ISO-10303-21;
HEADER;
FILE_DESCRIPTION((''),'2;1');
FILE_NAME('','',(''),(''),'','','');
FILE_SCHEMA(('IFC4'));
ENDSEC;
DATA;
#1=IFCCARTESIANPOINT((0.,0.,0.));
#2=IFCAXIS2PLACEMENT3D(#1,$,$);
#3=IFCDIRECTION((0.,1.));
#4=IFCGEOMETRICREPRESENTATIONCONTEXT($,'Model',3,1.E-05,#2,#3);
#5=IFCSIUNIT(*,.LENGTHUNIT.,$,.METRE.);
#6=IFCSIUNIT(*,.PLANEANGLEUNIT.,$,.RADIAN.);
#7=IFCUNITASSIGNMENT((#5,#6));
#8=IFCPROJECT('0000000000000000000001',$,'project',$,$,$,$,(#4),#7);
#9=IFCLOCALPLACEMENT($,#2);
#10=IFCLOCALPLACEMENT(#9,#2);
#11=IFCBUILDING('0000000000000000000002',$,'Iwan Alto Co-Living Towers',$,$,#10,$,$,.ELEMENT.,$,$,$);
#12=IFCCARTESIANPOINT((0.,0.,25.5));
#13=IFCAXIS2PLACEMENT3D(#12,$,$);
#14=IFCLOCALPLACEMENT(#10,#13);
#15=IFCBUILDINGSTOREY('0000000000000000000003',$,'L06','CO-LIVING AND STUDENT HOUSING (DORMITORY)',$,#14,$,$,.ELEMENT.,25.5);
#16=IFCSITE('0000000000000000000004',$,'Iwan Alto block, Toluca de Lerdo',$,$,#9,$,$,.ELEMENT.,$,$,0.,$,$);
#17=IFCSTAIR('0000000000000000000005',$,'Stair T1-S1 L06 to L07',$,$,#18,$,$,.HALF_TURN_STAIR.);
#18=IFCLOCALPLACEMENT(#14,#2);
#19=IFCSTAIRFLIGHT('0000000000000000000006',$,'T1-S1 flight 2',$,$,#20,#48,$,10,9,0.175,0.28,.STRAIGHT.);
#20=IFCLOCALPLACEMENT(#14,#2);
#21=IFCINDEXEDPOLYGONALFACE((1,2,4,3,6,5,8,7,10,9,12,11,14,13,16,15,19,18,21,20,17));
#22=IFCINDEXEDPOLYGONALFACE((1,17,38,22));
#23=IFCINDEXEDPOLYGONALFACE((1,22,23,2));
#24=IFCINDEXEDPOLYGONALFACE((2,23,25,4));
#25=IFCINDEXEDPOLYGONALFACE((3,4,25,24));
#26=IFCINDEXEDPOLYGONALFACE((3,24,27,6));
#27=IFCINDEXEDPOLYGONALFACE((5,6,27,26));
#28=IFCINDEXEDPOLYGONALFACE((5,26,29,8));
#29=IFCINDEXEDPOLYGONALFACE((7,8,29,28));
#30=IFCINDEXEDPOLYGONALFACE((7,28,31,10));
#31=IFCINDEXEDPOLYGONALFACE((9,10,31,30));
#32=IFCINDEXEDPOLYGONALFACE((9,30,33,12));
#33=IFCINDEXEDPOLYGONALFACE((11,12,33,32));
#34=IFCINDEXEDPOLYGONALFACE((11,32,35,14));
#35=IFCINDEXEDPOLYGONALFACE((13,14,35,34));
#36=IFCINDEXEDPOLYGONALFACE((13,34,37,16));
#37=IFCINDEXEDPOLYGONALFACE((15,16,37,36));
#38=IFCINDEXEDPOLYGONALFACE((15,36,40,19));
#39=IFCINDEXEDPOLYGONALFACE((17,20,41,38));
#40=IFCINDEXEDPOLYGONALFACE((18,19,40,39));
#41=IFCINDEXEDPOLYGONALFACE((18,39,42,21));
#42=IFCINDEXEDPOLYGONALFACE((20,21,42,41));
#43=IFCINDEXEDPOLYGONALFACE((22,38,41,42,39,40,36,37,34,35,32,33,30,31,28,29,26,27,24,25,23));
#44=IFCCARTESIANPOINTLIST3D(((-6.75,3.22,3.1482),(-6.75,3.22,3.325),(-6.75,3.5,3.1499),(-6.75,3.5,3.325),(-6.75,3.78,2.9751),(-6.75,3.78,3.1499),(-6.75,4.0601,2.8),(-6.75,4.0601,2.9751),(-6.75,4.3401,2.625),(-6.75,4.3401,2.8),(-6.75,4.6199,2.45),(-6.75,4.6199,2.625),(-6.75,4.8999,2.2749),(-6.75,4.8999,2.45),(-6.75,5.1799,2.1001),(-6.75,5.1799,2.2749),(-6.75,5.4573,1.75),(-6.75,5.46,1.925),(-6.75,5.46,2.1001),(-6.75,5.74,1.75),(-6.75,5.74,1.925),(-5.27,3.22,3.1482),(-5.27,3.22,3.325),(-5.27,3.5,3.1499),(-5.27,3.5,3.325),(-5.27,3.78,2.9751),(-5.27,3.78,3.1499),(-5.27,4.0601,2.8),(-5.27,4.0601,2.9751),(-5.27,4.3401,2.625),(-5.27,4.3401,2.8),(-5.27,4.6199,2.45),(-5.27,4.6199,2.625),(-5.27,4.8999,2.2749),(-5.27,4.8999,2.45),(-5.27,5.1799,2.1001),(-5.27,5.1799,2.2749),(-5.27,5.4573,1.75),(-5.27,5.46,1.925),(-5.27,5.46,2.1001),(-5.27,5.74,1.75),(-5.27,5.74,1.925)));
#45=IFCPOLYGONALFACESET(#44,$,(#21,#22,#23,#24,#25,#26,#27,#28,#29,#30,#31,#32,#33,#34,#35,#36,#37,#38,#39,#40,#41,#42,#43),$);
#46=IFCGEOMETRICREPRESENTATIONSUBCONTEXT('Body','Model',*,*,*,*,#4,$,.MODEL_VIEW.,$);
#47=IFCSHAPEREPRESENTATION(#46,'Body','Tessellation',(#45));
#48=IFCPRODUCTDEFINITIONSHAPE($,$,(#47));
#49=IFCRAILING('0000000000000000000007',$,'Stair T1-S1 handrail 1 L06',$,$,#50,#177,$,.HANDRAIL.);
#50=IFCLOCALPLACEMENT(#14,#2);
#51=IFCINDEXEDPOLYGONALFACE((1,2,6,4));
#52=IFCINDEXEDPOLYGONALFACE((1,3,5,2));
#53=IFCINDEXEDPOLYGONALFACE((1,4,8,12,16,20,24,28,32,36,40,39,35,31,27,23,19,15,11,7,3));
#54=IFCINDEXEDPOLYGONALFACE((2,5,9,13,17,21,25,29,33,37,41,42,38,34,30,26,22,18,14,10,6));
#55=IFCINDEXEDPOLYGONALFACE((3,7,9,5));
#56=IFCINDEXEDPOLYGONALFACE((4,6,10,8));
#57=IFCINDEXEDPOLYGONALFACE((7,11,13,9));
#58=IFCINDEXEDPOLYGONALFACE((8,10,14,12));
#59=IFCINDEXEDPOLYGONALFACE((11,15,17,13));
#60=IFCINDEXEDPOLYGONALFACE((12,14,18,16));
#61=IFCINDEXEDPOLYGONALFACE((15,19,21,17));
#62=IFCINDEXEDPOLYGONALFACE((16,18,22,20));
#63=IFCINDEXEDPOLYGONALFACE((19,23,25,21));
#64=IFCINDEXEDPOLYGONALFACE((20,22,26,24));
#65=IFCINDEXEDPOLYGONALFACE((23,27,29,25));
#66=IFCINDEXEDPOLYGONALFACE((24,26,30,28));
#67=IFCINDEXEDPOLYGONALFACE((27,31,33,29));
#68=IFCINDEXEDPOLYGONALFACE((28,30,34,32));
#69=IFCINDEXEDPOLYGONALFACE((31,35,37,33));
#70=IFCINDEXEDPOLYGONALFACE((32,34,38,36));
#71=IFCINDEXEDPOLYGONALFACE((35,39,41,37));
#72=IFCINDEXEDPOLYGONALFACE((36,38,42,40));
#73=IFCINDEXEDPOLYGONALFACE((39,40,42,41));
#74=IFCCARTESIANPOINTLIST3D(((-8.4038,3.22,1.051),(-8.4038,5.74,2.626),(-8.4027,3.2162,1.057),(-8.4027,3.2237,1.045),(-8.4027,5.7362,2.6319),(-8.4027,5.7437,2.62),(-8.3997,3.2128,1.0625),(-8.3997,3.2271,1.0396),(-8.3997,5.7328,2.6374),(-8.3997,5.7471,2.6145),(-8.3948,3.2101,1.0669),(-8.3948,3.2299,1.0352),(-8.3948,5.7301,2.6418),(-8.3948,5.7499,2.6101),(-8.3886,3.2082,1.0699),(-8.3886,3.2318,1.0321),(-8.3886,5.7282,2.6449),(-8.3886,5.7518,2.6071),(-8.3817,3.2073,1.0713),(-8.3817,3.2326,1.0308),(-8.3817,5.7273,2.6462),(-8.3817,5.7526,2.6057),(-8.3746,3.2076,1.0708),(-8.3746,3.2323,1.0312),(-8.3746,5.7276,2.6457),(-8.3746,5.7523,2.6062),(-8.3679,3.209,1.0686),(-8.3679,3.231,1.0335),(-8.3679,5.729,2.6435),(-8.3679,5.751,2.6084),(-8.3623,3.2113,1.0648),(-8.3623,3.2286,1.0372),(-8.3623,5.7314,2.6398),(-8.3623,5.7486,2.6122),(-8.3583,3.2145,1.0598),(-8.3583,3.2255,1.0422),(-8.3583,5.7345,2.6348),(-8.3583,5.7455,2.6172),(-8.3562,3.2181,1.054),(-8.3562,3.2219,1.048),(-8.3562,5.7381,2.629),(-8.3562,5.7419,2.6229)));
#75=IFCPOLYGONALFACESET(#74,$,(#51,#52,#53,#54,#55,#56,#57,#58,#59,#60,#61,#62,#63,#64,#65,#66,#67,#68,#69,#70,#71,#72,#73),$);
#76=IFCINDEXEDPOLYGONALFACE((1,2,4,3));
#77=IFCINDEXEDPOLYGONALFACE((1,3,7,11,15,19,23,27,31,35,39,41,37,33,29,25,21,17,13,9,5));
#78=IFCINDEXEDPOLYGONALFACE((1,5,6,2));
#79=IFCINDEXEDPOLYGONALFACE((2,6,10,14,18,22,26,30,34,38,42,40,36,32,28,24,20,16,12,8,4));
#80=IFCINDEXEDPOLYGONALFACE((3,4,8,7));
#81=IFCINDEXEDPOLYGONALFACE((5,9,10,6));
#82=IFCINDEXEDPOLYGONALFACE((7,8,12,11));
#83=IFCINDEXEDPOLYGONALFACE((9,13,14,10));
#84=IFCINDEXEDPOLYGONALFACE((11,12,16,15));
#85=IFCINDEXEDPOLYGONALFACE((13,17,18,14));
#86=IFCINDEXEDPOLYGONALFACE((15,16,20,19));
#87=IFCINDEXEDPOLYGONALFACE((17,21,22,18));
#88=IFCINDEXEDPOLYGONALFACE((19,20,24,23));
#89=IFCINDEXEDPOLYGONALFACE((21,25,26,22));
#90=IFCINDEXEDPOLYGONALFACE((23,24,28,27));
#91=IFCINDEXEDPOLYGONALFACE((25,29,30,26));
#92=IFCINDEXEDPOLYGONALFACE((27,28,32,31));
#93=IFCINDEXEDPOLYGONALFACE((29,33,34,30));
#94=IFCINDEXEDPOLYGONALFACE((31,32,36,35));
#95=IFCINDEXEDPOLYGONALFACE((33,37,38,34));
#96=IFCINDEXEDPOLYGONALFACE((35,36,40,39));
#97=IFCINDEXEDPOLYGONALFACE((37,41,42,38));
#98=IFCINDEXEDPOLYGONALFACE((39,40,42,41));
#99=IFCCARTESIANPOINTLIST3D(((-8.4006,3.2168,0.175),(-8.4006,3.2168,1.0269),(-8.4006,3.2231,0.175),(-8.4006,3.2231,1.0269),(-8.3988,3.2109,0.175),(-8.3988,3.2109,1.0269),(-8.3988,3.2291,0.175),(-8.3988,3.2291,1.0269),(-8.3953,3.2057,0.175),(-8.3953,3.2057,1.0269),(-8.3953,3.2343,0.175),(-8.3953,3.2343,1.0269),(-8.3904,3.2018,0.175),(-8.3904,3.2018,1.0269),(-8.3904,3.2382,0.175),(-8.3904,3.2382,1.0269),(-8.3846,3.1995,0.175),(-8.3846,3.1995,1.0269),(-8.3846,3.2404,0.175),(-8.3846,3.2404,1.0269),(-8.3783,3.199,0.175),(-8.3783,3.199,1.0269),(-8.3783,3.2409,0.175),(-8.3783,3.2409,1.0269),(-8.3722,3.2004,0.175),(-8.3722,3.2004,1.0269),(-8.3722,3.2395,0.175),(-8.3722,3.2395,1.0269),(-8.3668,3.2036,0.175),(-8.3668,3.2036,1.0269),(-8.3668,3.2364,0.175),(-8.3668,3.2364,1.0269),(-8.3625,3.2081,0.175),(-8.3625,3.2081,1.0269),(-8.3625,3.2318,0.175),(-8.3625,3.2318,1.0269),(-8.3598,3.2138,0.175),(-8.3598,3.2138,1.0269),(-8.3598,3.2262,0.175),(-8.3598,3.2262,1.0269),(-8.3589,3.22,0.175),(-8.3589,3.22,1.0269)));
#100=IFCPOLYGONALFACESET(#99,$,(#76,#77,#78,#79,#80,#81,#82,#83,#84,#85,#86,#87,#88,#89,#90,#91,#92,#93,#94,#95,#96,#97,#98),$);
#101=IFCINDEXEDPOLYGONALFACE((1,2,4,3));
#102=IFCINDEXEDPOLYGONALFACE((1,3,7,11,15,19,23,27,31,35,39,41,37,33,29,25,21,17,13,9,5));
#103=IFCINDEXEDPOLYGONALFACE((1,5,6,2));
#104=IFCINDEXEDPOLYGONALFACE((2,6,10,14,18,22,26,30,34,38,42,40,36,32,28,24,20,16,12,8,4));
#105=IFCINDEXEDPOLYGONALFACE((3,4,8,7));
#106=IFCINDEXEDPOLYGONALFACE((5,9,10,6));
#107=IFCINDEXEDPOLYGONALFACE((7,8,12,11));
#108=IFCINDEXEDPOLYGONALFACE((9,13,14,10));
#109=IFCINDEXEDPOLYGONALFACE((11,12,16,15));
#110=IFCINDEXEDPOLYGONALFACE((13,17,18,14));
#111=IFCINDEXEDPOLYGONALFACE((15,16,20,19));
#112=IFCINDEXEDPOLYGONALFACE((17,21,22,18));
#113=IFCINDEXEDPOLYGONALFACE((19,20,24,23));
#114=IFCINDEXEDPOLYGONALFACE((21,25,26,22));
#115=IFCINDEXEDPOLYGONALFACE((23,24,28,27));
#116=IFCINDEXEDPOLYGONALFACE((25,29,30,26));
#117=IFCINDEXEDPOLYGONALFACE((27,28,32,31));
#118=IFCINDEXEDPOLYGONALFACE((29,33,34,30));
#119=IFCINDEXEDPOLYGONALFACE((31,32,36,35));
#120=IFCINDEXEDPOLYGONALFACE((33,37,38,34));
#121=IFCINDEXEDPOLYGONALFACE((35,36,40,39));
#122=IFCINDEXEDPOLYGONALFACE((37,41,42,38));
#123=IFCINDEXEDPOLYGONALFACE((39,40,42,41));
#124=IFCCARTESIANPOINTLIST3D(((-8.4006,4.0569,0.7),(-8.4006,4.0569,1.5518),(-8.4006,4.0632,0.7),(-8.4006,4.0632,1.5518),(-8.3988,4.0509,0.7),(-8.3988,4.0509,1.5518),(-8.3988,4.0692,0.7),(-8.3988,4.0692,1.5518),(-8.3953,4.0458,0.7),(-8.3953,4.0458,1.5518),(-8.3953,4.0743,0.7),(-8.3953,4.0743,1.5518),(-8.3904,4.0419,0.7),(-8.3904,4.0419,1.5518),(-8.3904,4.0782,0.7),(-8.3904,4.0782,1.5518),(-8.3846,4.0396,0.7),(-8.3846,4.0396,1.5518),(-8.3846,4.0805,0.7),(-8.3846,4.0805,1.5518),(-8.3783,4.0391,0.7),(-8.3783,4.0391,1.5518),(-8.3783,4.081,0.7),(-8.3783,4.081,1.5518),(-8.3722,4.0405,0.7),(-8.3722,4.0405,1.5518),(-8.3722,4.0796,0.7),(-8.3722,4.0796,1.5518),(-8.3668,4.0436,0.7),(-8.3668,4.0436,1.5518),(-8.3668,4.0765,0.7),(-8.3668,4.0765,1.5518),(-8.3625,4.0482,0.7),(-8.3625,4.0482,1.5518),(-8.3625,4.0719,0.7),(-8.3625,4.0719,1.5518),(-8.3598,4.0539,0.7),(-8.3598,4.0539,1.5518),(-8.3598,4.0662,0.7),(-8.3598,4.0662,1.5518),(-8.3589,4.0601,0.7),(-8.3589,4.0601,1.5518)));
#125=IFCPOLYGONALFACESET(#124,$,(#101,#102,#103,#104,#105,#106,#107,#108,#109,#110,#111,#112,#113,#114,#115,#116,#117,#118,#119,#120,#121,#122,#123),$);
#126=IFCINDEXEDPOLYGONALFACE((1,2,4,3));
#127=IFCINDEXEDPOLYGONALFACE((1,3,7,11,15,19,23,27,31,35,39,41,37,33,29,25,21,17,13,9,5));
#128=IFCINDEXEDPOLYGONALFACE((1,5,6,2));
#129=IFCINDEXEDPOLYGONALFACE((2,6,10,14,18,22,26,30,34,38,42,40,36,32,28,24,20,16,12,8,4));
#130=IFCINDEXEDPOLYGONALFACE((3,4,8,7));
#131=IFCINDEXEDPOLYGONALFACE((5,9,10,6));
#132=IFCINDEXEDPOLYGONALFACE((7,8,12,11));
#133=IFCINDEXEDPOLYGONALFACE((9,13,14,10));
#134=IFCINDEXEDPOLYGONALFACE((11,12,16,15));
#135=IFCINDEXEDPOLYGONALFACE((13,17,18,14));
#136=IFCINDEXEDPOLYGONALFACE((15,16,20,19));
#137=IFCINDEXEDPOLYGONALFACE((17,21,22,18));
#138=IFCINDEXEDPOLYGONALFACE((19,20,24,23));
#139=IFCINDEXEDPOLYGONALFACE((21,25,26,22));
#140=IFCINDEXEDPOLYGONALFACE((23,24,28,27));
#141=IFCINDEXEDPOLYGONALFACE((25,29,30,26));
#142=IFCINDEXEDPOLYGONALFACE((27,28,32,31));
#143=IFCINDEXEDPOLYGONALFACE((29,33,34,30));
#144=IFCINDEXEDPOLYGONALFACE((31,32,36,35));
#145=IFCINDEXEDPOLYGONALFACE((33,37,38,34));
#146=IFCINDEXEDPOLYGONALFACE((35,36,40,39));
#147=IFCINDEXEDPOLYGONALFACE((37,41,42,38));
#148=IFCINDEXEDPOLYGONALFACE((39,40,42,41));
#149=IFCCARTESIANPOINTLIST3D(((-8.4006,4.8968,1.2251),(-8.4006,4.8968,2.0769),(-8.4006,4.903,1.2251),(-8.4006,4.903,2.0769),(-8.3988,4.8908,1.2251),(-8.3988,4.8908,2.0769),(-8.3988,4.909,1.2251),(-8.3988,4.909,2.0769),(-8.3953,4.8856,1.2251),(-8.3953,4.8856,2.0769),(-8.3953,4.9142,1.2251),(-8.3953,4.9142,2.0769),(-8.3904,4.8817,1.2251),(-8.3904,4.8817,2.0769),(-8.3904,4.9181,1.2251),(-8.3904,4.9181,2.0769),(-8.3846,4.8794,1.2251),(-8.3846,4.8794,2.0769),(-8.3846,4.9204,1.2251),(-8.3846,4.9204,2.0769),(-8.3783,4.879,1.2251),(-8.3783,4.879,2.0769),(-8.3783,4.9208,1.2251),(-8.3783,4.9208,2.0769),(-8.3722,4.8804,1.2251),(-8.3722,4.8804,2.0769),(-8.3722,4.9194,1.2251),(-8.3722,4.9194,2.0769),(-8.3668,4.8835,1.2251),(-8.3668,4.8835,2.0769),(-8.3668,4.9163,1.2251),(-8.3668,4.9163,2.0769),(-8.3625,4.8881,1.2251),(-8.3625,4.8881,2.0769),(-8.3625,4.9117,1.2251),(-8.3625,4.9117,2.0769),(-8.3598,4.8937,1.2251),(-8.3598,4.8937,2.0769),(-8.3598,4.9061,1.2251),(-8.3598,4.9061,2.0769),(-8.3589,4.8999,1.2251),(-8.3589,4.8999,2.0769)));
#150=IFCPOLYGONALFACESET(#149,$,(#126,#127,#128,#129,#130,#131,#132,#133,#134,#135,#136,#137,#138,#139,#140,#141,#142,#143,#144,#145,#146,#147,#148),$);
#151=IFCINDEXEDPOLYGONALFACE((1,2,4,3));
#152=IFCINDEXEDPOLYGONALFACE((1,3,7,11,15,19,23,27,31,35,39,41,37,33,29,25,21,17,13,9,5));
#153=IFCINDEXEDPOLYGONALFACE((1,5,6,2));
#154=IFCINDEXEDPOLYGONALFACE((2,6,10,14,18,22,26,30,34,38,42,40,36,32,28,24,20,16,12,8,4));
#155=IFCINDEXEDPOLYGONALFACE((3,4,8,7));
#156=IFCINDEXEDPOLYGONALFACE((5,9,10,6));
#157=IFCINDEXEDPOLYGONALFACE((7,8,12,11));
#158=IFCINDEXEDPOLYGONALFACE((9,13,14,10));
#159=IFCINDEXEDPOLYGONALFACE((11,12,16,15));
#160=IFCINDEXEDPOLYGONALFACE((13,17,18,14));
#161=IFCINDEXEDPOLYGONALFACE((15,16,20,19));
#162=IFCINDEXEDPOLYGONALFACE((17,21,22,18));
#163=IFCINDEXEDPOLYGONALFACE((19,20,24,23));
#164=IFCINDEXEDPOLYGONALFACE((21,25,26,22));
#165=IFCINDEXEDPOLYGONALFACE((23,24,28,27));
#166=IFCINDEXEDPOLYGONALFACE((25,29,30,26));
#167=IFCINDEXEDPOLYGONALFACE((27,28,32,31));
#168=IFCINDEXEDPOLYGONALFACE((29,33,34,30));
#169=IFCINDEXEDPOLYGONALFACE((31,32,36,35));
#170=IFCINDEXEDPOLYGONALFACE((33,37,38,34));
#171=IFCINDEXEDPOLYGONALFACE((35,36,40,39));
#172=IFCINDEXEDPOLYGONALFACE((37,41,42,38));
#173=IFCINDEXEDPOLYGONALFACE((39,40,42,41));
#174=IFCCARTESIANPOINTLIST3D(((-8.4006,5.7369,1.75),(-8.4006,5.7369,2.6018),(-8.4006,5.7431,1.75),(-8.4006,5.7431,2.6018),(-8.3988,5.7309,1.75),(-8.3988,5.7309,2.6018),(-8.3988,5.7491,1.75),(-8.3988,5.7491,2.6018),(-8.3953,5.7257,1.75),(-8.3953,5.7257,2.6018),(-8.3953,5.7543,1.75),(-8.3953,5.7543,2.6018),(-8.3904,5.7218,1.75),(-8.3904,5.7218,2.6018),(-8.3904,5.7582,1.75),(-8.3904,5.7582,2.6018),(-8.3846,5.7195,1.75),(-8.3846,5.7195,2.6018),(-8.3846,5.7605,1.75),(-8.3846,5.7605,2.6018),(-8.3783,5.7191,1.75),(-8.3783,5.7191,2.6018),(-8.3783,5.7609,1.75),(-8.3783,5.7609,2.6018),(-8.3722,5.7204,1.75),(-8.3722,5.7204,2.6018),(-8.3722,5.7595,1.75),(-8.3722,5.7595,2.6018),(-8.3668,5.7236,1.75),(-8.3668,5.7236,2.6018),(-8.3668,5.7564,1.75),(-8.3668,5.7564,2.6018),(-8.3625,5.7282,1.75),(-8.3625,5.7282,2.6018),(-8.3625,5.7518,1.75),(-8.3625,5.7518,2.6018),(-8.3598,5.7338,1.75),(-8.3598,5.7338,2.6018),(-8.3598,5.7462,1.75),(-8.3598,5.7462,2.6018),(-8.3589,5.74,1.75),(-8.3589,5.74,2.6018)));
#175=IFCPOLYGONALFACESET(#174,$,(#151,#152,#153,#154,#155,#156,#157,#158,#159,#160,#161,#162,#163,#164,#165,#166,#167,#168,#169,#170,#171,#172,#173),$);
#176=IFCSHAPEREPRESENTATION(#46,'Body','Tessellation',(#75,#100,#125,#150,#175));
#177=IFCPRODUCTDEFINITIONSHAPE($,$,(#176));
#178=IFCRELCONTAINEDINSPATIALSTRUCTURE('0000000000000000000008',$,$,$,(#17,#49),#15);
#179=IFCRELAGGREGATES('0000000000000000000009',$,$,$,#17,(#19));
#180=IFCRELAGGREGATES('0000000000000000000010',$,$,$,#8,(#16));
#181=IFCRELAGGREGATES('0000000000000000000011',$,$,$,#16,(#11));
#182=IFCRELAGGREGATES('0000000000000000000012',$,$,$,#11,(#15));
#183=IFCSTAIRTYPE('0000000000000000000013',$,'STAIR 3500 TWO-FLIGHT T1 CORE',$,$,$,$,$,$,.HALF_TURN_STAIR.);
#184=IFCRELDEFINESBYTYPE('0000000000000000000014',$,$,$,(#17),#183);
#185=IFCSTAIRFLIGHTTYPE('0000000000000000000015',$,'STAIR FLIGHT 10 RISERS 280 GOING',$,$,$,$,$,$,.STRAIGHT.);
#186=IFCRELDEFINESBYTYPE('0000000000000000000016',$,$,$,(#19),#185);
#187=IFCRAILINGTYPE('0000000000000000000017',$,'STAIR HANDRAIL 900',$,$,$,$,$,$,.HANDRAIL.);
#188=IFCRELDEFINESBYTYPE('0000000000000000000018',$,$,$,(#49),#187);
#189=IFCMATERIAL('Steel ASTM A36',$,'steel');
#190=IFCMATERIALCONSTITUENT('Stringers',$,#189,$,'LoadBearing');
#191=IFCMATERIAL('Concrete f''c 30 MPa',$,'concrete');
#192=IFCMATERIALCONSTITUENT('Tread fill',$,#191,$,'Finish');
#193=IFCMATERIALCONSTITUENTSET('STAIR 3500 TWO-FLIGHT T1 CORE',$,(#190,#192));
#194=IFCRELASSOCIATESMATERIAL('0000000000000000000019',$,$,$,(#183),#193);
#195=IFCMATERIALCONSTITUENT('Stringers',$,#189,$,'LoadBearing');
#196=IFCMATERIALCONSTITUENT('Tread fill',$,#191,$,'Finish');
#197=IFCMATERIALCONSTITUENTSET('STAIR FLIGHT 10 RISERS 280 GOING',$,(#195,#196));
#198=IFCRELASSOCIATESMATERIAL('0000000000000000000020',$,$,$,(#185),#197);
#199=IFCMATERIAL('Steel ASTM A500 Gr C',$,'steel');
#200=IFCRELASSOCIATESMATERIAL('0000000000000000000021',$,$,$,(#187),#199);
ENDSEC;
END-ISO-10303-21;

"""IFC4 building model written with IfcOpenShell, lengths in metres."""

from ifc_helpers import new_model, si_unit, direction, frame, origin, origin_2d, place, context, subcontext, project, spatial, polyline, circle, outline, extrude, material, constituent, constituent_set, type_object, element, aggregate, save


model = new_model("IFC4")

# Units and contexts
model_context = context("Model", 3, precision=1e-05, world=origin(), true_north=direction((0.0, 1.0)))
body_context = subcontext(model_context, "Body", "Model", "MODEL_VIEW")
ifc_project = project(units=[si_unit("LENGTHUNIT", "METRE"), si_unit("PLANEANGLEUNIT", "RADIAN")], contexts=[model_context])

# Site, building, storey
site_placement = place(None, origin())
site = spatial("IfcSite", under=ifc_project, at=site_placement, Name="Iwan Alto block, Toluca de Lerdo", CompositionType="ELEMENT", RefElevation=0.0)
building_placement = place(site_placement, origin())
building = spatial("IfcBuilding", under=site, at=building_placement, Name="Iwan Alto Co-Living Towers", CompositionType="ELEMENT")
storey_placement = place(building_placement, frame((0.0, 0.0, 25.5)))
storey = spatial("IfcBuildingStorey", under=building, at=storey_placement, Name="L06", Description="CO-LIVING AND STUDENT HOUSING (DORMITORY)", CompositionType="ELEMENT", Elevation=25.5)

# Stair, stair flight
ifc_material_1 = material(Name="Steel ASTM A36", Category="steel")
ifc_constituent_1 = constituent(ifc_material_1, Name="Stringers", Category="LoadBearing")
ifc_material_2 = material(Name="Concrete f'c 30 MPa", Category="concrete")
ifc_constituent_2 = constituent(ifc_material_2, Name="Tread fill", Category="Finish")
ifc_constituent_set_1 = constituent_set(constituents=[ifc_constituent_1, ifc_constituent_2], Name="STAIR 3500 TWO-FLIGHT T1 CORE")
stair_type = type_object("IfcStairType", Name="STAIR 3500 TWO-FLIGHT T1 CORE", PredefinedType="HALF_TURN_STAIR", material=ifc_constituent_set_1)
stair_placement = place(storey_placement, origin())
stair = element("IfcStair", 1, at=stair_placement, inside=storey, type_object=stair_type, Name="Stair T1-S1 L06 to L07", PredefinedType="HALF_TURN_STAIR")
ifc_constituent_3 = constituent(ifc_material_1, Name="Stringers", Category="LoadBearing")
ifc_constituent_4 = constituent(ifc_material_2, Name="Tread fill", Category="Finish")
ifc_constituent_set_2 = constituent_set(constituents=[ifc_constituent_3, ifc_constituent_4], Name="STAIR FLIGHT 10 RISERS 280 GOING")
stair_flight_type = type_object("IfcStairFlightType", Name="STAIR FLIGHT 10 RISERS 280 GOING", PredefinedType="STRAIGHT", material=ifc_constituent_set_2)
stair_flight_1_placement = place(storey_placement, frame((-6.01, 5.74, 1.75), z_axis=(0.0, 0.0, 1.0), x_axis=(0.0, -1.0, 0.0)))
stair_flight_1 = element("IfcStairFlight", 2, at=stair_flight_1_placement, type_object=stair_flight_type, Name="T1-S1 flight 2", NumberOfRisers=10, NumberOfTreads=9, PredefinedType="STRAIGHT", RiserHeight=0.175, TreadLength=0.28, context=body_context, shape_type="SweptSolid", body=[
    extrude(outline(polyline([(0.0, 0.0), (0.0, 0.175), (0.28, 0.175), (0.28, 0.3501), (0.5601, 0.3501), (0.5601, 0.5249), (0.8401, 0.5249), (0.8401, 0.7), (1.1201, 0.7), (1.1201, 0.875), (1.3999, 0.875), (1.3999, 1.05), (1.6799, 1.05), (1.6799, 1.2251), (1.96, 1.2251), (1.96, 1.3999), (2.24, 1.3999), (2.24, 1.575), (2.52, 1.575), (2.52, 1.75), (2.52, 1.3982), (0.2827, 0.0), (0.0, 0.0)])), frame((0.0, 0.74, 0.0), z_axis=(0.0, -1.0, 0.0), x_axis=(1.0, 0.0, 0.0)), (0.0, 0.0, 1.0), 1.48),
])
aggregate(stair, [stair_flight_1])

# Railing
ifc_material_3 = material(Name="Steel ASTM A500 Gr C", Category="steel")
railing_type_1 = type_object("IfcRailingType", Name="STAIR HANDRAIL 900", PredefinedType="HANDRAIL", material=ifc_material_3)
railing_1_placement = place(storey_placement, frame((-8.3799, 3.22, 0.175)))
element("IfcRailing", 3, at=railing_1_placement, inside=storey, type_object=railing_type_1, Name="Stair T1-S1 handrail 1 L06", PredefinedType="HANDRAIL", context=body_context, shape_type="SweptSolid", body=[
    extrude(circle(Radius=0.0239, at=origin_2d()), frame((0.0, 0.0, 0.876), z_axis=(0.0, 0.848008, 0.529984), x_axis=(-1.0, 0.0, 0.0)), (0.0, 0.0, 1.0), 2.9717),
    extrude(circle(Radius=0.021, at=origin_2d()), origin(), (0.0, 0.0, 1.0), 0.8518),
    extrude(circle(Radius=0.021, at=origin_2d()), frame((0.0, 0.8401, 0.5249)), (0.0, 0.0, 1.0), 0.8518),
    extrude(circle(Radius=0.021, at=origin_2d()), frame((0.0, 1.6799, 1.05)), (0.0, 0.0, 1.0), 0.8518),
    extrude(circle(Radius=0.021, at=origin_2d()), frame((0.0, 2.52, 1.575)), (0.0, 0.0, 1.0), 0.8518),
])

save(model, "model.ifc")
